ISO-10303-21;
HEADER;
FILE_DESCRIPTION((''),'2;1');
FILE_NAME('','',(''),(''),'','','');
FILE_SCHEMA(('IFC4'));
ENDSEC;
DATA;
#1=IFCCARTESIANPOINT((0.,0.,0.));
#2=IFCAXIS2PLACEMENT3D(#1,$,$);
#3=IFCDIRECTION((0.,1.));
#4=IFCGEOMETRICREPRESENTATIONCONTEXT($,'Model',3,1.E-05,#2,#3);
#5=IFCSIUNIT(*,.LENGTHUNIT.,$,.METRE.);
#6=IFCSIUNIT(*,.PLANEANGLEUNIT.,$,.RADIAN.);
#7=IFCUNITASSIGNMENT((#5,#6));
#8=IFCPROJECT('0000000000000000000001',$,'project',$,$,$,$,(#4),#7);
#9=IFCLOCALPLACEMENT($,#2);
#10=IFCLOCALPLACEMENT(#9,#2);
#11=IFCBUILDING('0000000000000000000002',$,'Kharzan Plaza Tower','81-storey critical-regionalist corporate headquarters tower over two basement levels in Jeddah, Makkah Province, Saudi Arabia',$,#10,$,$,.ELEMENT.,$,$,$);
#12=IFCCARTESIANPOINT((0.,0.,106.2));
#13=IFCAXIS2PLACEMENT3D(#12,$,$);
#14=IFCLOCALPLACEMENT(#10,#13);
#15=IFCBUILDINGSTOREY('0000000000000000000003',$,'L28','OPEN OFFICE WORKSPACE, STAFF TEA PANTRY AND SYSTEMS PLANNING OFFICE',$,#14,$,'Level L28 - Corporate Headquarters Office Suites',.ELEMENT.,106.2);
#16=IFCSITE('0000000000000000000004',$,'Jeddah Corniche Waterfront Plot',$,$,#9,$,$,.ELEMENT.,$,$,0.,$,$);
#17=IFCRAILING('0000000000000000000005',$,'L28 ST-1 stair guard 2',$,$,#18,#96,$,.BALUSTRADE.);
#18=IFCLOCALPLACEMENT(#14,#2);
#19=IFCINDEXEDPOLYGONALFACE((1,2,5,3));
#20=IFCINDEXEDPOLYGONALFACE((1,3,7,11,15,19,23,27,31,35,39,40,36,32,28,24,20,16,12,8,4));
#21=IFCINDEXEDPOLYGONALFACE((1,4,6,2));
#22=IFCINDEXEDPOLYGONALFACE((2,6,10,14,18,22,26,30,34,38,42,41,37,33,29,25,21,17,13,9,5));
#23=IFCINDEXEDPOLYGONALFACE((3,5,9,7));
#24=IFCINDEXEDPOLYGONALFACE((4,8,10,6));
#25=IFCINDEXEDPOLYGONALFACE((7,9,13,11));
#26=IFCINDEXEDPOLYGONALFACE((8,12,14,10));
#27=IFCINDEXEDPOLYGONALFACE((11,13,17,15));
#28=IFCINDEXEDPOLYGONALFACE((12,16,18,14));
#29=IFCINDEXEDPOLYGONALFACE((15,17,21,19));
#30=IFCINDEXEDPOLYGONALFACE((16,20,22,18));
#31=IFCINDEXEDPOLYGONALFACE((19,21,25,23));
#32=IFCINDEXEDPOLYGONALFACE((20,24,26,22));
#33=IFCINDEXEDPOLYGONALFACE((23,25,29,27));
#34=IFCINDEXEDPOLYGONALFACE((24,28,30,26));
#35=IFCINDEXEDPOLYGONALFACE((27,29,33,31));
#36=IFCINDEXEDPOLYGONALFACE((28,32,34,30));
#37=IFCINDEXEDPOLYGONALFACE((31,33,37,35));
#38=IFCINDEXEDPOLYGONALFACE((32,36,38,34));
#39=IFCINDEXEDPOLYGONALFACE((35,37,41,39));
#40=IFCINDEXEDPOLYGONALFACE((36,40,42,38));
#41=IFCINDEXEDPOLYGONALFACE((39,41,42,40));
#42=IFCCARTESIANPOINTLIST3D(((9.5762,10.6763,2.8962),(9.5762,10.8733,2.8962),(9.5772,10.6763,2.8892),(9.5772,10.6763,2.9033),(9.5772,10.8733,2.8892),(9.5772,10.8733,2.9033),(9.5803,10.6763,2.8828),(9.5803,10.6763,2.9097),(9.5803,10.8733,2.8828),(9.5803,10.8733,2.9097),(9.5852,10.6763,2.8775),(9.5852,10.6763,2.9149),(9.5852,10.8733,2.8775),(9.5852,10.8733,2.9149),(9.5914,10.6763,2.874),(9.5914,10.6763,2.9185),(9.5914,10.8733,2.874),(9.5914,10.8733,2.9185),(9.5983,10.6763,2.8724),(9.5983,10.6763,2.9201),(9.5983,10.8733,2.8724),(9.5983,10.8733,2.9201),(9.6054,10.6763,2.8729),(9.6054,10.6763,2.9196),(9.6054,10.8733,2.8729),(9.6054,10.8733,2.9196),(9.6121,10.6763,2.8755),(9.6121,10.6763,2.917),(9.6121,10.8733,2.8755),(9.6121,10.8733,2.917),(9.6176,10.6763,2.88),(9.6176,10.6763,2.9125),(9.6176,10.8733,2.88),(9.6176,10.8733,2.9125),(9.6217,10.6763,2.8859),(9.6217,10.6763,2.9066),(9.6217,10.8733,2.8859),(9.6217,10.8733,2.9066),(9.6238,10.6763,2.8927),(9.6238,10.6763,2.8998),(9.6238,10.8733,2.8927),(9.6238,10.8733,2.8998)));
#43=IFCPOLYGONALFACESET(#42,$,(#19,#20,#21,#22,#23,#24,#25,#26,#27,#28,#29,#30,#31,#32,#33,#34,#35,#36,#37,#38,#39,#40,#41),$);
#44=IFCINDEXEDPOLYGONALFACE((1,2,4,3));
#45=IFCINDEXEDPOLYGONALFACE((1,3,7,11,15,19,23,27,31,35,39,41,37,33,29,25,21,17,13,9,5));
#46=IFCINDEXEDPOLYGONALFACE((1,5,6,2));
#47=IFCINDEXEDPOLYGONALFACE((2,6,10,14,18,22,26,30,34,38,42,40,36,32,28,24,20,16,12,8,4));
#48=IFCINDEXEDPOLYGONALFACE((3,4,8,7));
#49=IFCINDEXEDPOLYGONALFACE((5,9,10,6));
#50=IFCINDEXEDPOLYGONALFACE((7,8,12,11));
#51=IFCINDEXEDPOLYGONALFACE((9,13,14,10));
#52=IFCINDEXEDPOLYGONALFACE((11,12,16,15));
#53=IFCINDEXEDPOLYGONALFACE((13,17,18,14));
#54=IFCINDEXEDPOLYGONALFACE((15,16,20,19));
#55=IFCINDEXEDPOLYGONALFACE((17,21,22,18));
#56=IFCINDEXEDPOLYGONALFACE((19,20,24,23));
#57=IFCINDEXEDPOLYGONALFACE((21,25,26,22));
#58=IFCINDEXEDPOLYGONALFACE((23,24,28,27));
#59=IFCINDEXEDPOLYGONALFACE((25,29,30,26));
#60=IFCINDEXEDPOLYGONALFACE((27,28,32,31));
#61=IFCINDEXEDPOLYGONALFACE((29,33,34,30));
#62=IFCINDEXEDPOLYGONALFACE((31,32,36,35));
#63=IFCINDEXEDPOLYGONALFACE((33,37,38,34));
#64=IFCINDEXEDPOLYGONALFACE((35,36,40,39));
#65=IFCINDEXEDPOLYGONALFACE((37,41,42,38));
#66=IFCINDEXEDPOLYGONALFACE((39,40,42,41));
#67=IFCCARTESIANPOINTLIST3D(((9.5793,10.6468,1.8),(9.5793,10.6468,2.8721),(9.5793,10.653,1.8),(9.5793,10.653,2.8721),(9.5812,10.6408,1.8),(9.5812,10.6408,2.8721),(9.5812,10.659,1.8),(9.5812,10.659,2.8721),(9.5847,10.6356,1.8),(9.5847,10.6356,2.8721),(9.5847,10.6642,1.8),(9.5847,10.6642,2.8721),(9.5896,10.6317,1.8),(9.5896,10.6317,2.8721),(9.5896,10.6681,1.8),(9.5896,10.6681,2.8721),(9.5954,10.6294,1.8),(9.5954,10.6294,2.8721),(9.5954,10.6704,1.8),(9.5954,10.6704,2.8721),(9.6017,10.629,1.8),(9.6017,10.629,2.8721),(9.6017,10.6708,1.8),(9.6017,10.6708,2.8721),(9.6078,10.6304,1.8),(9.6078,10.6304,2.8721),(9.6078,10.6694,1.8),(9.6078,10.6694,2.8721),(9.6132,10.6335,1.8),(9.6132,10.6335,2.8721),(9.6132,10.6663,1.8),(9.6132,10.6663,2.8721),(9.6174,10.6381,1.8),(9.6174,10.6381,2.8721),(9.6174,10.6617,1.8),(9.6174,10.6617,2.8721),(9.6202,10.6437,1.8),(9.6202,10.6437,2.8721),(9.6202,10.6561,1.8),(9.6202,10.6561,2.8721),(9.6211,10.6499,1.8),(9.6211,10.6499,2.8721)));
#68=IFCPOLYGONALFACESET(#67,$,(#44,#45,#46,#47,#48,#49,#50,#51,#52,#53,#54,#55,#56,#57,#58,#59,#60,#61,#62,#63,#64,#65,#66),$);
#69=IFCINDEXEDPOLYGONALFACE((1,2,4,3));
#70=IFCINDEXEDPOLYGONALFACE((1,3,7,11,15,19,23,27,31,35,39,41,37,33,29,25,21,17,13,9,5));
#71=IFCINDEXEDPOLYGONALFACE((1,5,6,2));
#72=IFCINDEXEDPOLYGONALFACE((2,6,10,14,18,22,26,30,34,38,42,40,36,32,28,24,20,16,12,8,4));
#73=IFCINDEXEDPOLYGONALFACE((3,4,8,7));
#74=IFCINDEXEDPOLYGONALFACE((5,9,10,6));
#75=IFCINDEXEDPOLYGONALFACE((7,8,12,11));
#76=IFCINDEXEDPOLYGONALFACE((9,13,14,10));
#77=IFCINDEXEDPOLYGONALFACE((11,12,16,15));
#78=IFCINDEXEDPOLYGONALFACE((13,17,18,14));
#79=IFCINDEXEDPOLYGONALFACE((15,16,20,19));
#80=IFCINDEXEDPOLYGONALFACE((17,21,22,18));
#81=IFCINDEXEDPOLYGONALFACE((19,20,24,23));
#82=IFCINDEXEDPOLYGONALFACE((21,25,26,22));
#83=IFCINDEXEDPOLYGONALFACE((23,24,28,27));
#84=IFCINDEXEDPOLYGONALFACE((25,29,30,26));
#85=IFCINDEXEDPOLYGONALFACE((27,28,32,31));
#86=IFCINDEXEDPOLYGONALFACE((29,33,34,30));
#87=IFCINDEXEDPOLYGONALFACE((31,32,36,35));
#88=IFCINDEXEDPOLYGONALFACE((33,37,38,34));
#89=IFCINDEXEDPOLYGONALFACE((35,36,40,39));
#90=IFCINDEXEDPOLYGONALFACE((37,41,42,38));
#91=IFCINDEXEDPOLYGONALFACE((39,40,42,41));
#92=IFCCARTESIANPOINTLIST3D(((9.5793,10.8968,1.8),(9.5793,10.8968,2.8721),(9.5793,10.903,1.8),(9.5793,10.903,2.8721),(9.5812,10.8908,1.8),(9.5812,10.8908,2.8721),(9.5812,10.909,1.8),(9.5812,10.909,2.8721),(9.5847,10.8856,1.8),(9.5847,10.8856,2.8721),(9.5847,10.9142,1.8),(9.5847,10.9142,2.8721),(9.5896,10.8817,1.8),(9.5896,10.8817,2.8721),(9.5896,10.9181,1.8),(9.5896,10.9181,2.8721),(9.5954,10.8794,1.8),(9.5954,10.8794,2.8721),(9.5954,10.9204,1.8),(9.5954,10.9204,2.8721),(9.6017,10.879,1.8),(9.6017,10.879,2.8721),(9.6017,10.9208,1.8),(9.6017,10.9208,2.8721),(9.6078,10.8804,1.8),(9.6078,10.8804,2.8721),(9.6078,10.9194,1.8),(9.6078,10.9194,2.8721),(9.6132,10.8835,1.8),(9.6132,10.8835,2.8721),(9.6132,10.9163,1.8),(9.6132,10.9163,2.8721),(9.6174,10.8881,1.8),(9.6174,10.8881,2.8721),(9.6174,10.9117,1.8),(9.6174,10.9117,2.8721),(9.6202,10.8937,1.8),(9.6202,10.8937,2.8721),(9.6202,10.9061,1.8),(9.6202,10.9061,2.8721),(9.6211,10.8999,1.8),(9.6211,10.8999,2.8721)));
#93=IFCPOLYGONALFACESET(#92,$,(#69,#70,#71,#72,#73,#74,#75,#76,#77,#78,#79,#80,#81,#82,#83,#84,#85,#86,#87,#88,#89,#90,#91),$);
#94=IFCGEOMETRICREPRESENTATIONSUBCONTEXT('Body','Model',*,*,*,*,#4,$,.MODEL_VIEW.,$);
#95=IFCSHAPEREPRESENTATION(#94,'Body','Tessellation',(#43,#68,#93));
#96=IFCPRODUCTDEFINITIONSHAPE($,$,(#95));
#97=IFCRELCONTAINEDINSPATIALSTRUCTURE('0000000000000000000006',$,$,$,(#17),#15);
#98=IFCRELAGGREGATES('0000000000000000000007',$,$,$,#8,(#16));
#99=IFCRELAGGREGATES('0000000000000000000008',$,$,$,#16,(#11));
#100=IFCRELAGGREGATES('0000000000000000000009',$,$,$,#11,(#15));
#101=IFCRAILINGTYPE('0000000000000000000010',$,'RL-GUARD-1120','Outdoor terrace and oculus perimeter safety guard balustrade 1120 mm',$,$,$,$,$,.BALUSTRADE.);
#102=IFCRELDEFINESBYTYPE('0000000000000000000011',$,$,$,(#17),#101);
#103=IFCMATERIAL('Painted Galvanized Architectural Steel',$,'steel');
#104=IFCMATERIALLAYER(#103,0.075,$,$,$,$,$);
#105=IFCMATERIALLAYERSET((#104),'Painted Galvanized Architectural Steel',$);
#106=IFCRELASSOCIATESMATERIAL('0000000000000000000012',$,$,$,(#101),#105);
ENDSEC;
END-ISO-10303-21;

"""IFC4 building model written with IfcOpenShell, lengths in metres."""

from ifc_helpers import new_model, si_unit, direction, frame, origin, origin_2d, place, context, subcontext, project, spatial, circle, extrude, source, transform, mapped, material, layer, layer_set, type_object, element, save


model = new_model("IFC4")

# Units and contexts
model_context = context("Model", 3, precision=1e-05, world=origin(), true_north=direction((0.0, 1.0)))
body_context = subcontext(model_context, "Body", "Model", "MODEL_VIEW")
ifc_project = project(units=[si_unit("LENGTHUNIT", "METRE"), si_unit("PLANEANGLEUNIT", "RADIAN")], contexts=[model_context])

# Site, building, storey
site_placement = place(None, origin())
site = spatial("IfcSite", under=ifc_project, at=site_placement, Name="Jeddah Corniche Waterfront Plot", CompositionType="ELEMENT", RefElevation=0.0)
building_placement = place(site_placement, origin())
building = spatial("IfcBuilding", under=site, at=building_placement, Name="Kharzan Plaza Tower", Description="81-storey critical-regionalist corporate headquarters tower over two basement levels in Jeddah, Makkah Province, Saudi Arabia", CompositionType="ELEMENT")
storey_placement = place(building_placement, frame((0.0, 0.0, 106.2)))
storey = spatial("IfcBuildingStorey", under=building, at=storey_placement, Name="L28", Description="OPEN OFFICE WORKSPACE, STAFF TEA PANTRY AND SYSTEMS PLANNING OFFICE", LongName="Level L28 - Corporate Headquarters Office Suites", CompositionType="ELEMENT", Elevation=106.2)

# Railing
ifc_material_1 = material(Name="Painted Galvanized Architectural Steel", Category="steel")
ifc_layer_1 = layer(ifc_material_1, 0.075)
ifc_layer_set_1 = layer_set([ifc_layer_1], Name="Painted Galvanized Architectural Steel")
railing_type = type_object("IfcRailingType", Name="RL-GUARD-1120", Description="Outdoor terrace and oculus perimeter safety guard balustrade 1120 mm", PredefinedType="BALUSTRADE", material=ifc_layer_set_1)
shared_shape_1 = source(origin(), body_context, "Body", "SweptSolid", [
    extrude(circle(Radius=0.0239, at=origin_2d()), frame((0.0, 0.0264, 1.0962), z_axis=(0.0, 1.0, 0.0), x_axis=(-1.0, 0.0, 0.0)), (0.0, 0.0, 1.0), 0.197),
    extrude(circle(Radius=0.021, at=origin_2d()), origin(), (0.0, 0.0, 1.0), 1.072),
    extrude(circle(Radius=0.021, at=origin_2d()), frame((0.0, 0.25, 0.0)), (0.0, 0.0, 1.0), 1.072),
])
railing_1_placement = place(storey_placement, frame((9.6001, 10.6499, 1.8)))
element("IfcRailing", 1, at=railing_1_placement, inside=storey, type_object=railing_type, Name="L28 ST-1 stair guard 2", PredefinedType="BALUSTRADE", context=body_context, shape_type="MappedRepresentation", body=[
    mapped(shared_shape_1, transform((0.0, 0.0, 0.0), x_axis=(1.0, 0.0, 0.0), y_axis=(0.0, 1.0, 0.0), z_axis=(0.0, 0.0, 1.0))),
])

save(model, "model.ifc")
